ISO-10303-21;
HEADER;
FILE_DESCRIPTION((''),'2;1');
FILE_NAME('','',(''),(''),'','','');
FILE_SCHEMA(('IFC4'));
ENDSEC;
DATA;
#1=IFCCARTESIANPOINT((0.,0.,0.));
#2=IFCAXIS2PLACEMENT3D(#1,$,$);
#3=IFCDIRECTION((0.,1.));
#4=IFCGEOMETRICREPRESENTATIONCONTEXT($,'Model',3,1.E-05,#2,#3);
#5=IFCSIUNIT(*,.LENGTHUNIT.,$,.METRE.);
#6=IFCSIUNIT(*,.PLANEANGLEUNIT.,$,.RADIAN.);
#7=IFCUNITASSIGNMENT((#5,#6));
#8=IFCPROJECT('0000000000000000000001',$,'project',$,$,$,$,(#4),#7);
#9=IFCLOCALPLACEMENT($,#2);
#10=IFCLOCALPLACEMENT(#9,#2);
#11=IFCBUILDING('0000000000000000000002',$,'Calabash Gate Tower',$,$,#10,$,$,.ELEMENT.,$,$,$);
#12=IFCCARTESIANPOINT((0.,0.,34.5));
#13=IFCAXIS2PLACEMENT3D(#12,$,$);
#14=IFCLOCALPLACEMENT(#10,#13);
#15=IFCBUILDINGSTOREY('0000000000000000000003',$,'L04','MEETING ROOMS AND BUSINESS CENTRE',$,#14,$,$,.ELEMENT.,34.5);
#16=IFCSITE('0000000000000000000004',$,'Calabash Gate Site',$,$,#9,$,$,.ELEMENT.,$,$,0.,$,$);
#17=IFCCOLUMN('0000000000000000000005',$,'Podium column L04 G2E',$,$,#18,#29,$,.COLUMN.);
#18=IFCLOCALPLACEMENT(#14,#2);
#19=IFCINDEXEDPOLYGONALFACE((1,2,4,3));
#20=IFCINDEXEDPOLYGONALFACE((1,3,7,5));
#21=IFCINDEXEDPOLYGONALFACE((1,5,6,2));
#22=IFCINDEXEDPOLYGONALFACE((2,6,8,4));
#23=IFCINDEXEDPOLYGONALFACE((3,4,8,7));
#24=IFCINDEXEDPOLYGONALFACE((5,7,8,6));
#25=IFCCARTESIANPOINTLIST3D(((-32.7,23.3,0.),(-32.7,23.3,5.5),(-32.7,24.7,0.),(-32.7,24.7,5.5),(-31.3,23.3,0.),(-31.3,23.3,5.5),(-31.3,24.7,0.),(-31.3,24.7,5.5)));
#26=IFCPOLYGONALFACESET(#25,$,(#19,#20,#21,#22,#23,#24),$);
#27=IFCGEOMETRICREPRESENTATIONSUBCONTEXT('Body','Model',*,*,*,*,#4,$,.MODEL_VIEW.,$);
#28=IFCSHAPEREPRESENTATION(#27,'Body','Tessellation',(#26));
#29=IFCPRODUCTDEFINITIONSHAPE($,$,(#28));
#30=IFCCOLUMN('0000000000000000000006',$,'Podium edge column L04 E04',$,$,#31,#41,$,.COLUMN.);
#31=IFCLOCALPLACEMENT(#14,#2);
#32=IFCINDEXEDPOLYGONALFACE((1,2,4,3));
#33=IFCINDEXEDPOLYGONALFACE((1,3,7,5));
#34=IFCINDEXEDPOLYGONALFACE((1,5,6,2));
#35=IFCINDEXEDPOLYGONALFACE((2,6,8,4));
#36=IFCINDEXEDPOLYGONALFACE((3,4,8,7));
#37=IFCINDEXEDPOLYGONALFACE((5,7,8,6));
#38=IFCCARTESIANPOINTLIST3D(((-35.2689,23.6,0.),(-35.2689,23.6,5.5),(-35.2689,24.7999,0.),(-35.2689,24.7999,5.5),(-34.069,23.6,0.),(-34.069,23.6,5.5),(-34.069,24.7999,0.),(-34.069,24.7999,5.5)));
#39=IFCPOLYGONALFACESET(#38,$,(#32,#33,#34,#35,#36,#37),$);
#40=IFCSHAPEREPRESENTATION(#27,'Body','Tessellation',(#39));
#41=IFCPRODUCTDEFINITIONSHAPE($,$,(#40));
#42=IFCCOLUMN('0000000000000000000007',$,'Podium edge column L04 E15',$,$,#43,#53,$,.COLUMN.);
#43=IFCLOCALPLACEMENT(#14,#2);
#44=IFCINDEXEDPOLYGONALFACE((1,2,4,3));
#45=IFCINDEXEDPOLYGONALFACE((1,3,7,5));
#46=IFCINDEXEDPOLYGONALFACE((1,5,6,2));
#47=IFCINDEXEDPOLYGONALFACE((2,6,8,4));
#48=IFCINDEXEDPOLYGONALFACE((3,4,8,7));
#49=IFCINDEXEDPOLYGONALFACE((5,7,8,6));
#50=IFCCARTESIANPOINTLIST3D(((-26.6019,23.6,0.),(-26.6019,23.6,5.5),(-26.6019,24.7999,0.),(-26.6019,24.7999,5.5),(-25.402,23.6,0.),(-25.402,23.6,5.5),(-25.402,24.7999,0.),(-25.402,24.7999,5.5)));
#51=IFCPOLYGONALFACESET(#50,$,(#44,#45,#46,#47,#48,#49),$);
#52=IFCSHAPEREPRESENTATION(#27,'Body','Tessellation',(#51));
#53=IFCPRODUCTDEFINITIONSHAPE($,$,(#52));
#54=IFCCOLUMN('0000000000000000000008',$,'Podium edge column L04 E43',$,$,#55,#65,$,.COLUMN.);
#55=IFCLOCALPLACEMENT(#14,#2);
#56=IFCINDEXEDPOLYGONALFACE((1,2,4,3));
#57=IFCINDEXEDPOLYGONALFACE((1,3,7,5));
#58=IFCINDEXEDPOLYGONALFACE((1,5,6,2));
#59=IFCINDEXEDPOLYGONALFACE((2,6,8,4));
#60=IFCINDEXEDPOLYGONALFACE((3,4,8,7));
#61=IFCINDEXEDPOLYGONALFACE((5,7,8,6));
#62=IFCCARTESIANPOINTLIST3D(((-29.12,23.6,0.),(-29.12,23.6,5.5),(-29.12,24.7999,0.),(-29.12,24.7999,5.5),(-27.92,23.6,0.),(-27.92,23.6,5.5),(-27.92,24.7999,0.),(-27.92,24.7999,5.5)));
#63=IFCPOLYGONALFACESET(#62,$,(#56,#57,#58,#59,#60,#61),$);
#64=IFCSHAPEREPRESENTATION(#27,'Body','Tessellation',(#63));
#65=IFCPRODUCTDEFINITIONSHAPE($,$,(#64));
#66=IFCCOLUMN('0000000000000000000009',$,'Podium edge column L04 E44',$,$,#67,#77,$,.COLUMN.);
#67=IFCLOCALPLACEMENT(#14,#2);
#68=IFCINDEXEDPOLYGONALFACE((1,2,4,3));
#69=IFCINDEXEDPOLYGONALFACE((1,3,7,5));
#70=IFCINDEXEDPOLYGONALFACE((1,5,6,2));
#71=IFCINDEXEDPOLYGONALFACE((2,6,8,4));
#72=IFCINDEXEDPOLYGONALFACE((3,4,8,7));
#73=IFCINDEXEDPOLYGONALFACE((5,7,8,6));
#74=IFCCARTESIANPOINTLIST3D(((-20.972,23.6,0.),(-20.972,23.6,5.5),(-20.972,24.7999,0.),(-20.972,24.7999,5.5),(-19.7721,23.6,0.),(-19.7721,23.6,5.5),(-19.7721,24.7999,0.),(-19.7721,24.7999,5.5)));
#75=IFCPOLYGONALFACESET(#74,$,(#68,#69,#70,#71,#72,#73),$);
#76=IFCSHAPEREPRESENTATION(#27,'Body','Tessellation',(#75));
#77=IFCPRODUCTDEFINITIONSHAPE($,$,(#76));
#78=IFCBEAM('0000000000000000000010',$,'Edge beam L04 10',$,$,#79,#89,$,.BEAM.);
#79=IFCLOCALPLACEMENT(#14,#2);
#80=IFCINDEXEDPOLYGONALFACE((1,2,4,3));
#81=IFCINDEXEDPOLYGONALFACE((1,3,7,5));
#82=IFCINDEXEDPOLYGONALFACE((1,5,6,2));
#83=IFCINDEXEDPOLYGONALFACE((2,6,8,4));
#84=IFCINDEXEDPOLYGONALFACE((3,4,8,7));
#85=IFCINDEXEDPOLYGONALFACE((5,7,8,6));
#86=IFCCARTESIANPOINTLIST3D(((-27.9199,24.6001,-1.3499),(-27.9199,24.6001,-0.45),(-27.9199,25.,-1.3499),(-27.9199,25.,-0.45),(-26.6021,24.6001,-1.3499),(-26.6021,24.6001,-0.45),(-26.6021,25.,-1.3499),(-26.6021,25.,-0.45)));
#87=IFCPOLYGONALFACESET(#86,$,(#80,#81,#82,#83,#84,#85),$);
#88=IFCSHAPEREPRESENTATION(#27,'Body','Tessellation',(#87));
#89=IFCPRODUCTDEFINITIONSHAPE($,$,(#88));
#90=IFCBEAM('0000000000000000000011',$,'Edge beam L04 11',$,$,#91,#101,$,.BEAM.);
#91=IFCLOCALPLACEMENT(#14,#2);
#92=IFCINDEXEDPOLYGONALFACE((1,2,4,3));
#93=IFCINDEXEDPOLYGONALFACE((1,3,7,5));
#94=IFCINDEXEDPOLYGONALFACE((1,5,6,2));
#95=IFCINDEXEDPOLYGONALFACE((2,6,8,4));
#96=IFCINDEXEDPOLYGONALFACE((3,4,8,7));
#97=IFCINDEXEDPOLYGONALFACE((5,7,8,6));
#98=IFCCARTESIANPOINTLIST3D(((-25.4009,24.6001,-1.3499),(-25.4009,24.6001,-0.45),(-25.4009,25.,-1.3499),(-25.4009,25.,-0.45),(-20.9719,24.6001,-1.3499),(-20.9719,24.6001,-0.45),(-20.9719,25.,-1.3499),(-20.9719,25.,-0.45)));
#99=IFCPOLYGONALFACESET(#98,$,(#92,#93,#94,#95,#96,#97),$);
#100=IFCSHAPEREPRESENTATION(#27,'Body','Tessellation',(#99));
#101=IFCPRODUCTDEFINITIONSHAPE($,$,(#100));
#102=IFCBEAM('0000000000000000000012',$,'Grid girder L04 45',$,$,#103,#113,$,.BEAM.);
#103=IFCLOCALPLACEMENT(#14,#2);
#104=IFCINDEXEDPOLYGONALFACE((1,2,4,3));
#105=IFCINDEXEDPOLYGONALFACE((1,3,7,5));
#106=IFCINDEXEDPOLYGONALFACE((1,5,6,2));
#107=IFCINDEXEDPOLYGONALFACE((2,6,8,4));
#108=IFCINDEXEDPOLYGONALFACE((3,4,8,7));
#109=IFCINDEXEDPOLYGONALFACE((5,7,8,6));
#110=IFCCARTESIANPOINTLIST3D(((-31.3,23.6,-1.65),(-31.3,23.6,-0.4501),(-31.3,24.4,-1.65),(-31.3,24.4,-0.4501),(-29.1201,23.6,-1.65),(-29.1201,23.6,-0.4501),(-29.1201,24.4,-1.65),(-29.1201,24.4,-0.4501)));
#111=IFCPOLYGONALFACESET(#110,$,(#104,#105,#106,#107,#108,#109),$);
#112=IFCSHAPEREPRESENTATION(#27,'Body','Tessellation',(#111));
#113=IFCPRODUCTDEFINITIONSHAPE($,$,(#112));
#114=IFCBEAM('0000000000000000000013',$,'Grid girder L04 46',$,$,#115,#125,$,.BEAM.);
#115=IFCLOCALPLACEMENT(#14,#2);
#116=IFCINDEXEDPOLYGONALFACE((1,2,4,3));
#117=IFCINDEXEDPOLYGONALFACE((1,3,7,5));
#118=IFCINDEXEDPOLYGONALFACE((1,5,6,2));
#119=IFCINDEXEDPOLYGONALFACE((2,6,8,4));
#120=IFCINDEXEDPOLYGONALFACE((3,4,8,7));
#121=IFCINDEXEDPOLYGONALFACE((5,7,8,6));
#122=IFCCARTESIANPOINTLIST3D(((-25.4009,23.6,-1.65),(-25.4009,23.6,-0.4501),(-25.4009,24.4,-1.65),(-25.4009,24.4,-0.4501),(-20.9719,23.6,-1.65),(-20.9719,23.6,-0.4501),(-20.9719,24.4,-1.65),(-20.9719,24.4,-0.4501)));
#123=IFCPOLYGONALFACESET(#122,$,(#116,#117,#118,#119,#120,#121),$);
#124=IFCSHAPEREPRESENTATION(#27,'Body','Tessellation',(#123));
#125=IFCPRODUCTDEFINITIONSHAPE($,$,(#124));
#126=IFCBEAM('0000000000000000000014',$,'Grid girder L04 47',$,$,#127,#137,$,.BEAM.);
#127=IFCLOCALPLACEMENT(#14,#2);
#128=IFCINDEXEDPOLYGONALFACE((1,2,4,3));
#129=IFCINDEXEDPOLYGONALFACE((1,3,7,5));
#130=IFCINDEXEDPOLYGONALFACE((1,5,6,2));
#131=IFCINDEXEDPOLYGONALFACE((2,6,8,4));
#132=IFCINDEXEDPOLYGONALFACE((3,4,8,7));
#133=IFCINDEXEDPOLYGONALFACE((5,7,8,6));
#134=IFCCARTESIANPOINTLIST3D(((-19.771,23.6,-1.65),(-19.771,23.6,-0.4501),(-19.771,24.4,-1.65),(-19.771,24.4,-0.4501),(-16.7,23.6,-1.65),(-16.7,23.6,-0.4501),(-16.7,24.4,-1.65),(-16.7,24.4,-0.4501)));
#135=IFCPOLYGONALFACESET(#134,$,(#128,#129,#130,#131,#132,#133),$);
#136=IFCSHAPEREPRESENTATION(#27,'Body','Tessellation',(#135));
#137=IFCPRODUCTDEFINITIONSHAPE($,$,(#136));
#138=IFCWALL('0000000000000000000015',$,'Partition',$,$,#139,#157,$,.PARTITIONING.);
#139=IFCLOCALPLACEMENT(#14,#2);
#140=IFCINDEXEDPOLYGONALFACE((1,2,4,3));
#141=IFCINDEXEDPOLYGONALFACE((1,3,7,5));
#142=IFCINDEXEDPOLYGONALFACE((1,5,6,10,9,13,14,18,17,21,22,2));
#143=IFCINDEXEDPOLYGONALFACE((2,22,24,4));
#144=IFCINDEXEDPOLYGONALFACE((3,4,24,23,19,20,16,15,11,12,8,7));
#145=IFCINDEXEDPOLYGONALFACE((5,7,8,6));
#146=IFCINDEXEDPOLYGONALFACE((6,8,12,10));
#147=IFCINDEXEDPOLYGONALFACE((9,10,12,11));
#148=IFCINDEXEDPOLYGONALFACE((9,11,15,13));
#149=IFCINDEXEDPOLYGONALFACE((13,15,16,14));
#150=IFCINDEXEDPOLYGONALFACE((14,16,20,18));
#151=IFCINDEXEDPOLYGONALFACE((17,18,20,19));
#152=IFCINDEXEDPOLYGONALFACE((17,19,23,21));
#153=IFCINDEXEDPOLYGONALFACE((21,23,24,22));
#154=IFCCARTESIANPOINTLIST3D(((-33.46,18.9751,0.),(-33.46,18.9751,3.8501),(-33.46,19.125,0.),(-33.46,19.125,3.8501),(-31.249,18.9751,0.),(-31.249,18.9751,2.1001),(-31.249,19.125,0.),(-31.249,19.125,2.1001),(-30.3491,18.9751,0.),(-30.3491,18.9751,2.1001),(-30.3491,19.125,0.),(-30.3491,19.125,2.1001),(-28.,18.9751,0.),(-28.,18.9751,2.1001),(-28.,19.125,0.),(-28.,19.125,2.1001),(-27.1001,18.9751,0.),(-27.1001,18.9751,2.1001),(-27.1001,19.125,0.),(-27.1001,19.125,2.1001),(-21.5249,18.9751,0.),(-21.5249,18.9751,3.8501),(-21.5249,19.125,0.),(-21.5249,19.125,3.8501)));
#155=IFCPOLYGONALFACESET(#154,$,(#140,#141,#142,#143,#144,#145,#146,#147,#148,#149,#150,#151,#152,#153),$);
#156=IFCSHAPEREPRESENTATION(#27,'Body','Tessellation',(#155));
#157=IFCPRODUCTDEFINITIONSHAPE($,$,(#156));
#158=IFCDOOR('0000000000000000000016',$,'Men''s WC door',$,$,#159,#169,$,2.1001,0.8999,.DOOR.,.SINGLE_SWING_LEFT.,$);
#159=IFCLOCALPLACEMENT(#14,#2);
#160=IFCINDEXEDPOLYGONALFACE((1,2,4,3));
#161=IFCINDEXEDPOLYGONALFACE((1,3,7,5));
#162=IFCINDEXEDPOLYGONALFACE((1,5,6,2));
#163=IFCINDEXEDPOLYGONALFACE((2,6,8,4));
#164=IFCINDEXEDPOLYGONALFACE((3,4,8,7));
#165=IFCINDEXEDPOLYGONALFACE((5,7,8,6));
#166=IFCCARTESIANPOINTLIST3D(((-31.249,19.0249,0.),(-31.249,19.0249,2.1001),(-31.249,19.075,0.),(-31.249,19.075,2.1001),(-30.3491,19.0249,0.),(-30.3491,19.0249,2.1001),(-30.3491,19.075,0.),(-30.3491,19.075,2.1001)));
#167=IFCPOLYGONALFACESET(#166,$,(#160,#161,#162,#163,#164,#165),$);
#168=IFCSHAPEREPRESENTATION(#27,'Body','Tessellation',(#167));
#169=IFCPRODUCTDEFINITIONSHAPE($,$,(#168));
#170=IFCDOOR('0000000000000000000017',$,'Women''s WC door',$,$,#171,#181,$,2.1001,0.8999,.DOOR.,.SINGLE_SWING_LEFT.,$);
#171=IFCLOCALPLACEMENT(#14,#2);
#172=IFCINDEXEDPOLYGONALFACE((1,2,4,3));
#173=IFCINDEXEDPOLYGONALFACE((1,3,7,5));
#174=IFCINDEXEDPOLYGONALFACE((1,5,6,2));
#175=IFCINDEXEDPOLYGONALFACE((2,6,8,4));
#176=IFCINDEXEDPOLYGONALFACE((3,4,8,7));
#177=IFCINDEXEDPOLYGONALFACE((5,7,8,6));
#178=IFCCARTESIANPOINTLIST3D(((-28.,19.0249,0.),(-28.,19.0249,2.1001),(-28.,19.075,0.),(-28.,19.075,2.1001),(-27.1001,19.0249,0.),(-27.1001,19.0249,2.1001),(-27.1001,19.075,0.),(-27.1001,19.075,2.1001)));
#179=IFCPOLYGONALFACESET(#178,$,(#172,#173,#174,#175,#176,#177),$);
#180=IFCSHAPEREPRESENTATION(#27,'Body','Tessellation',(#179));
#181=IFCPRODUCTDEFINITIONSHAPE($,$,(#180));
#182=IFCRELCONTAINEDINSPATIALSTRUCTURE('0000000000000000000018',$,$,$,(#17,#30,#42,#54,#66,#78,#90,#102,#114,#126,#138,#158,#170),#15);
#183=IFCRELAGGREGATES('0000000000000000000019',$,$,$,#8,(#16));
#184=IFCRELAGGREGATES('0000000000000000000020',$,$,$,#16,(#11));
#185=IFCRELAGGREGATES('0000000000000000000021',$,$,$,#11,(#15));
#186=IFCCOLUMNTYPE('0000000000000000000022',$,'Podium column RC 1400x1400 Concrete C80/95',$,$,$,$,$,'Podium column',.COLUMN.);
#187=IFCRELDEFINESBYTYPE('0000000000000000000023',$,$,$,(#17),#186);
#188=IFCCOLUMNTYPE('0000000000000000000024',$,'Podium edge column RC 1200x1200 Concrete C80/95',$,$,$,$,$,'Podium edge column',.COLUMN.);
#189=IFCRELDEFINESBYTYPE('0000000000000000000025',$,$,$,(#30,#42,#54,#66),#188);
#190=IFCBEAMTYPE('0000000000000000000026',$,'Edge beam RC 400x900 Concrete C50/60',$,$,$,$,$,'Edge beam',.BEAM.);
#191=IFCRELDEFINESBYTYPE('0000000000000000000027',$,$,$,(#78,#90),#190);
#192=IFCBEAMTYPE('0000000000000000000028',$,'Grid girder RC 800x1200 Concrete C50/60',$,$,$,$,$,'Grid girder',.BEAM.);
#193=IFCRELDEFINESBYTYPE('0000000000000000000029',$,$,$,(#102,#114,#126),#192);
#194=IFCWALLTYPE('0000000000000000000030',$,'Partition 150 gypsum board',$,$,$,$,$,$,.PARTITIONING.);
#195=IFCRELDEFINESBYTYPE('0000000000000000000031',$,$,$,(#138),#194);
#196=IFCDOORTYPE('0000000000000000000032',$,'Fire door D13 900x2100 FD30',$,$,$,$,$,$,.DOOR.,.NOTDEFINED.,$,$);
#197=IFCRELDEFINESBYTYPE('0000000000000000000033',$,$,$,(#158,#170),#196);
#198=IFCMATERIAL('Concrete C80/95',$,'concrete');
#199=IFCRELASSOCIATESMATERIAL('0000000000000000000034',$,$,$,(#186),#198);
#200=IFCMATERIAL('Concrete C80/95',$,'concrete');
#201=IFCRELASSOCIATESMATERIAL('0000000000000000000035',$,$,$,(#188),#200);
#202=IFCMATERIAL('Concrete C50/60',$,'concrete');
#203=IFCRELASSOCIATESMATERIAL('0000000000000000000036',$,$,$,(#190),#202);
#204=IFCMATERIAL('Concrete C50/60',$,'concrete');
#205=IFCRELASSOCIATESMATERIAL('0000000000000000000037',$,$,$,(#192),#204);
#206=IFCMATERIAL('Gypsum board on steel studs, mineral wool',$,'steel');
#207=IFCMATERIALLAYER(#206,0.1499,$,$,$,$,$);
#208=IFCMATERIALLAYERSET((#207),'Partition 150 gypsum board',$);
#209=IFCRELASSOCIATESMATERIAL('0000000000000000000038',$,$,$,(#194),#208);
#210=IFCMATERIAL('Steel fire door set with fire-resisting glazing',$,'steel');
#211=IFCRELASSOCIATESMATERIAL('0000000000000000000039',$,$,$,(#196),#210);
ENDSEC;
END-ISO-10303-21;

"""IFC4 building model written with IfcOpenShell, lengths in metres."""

from ifc_helpers import new_model, si_unit, direction, frame, frame_2d, origin, origin_2d, place, context, subcontext, project, spatial, rectangle, extrude, material, layer, layer_set, material_profile, profile_set, type_object, element, fill, save


model = new_model("IFC4")

# Units and contexts
model_context = context("Model", 3, precision=1e-05, world=origin(), true_north=direction((0.0, 1.0)))
body_context = subcontext(model_context, "Body", "Model", "MODEL_VIEW")
ifc_project = project(units=[si_unit("LENGTHUNIT", "METRE"), si_unit("PLANEANGLEUNIT", "RADIAN")], contexts=[model_context])

# Site, building, storey
site_placement = place(None, origin())
site = spatial("IfcSite", under=ifc_project, at=site_placement, Name="Calabash Gate Site", CompositionType="ELEMENT", RefElevation=0.0)
building_placement = place(site_placement, origin())
building = spatial("IfcBuilding", under=site, at=building_placement, Name="Calabash Gate Tower", CompositionType="ELEMENT")
storey_placement = place(building_placement, frame((0.0, 0.0, 34.5)))
storey = spatial("IfcBuildingStorey", under=building, at=storey_placement, Name="L04", Description="MEETING ROOMS AND BUSINESS CENTRE", CompositionType="ELEMENT", Elevation=34.5)

# Columns
ifc_material_1 = material(Name="Concrete C80/95", Category="concrete")
ifc_material_profile_1 = material_profile(ifc_material_1, rectangle(XDim=1.3999, YDim=1.3999, at=origin_2d()))
ifc_profile_set_1 = profile_set([ifc_material_profile_1], Name="Concrete C80/95")
column_type_1 = type_object("IfcColumnType", Name="Podium column RC 1400x1400 Concrete C80/95", ElementType="Podium column", PredefinedType="COLUMN", material=ifc_profile_set_1)
column_placement = place(storey_placement, frame((-32.0, 24.0, 0.0), z_axis=(0.0, 0.0, 1.0), x_axis=(1.0, 0.0, 0.0)))
element("IfcColumn", 1, at=column_placement, inside=storey, type_object=column_type_1, Name="Podium column L04 G2E", PredefinedType="COLUMN", context=body_context, shape_type="SweptSolid", body=[
    extrude(rectangle(XDim=1.3999, YDim=1.3999, at=origin_2d()), origin(), (0.0, 0.0, 1.0), 5.5),
])
ifc_material_2 = material(Name="Concrete C80/95", Category="concrete")
ifc_material_profile_2 = material_profile(ifc_material_2, rectangle(XDim=1.2, YDim=1.2, at=origin_2d()))
ifc_profile_set_2 = profile_set([ifc_material_profile_2], Name="Concrete C80/95")
column_type_2 = type_object("IfcColumnType", Name="Podium edge column RC 1200x1200 Concrete C80/95", ElementType="Podium edge column", PredefinedType="COLUMN", material=ifc_profile_set_2)
for number, where, z_axis, x_axis, name in (
    (2, (-34.6689, 24.2, 0.0), (0.0, 0.0, 1.0), (1.0, 0.0, 0.0), "Podium edge column L04 E04"),
    (3, (-26.002, 24.2, 0.0), (0.0, 0.0, 1.0), (1.0, 0.0, 0.0), "Podium edge column L04 E15"),
    (4, (-28.52, 24.2, 0.0), (0.0, 0.0, 1.0), (1.0, 0.0, 0.0), "Podium edge column L04 E43"),
    (5, (-20.3721, 24.2, 0.0), (0.0, 0.0, 1.0), (1.0, 0.0, 0.0), "Podium edge column L04 E44"),
):
    element("IfcColumn", number, at=place(storey_placement, frame(where, z_axis=z_axis, x_axis=x_axis)), inside=storey, type_object=column_type_2, Name=name, PredefinedType="COLUMN", context=body_context, shape_type="SweptSolid", body=[
        extrude(rectangle(XDim=1.2, YDim=1.2, at=origin_2d()), origin(), (0.0, 0.0, 1.0), 5.5),
    ])

# Beams
ifc_material_3 = material(Name="Concrete C50/60", Category="concrete")
ifc_material_profile_3 = material_profile(ifc_material_3, rectangle(XDim=0.3999, YDim=0.8999, at=origin_2d()))
ifc_profile_set_3 = profile_set([ifc_material_profile_3], Name="Concrete C50/60")
beam_type_1 = type_object("IfcBeamType", Name="Edge beam RC 400x900 Concrete C50/60", ElementType="Edge beam", PredefinedType="BEAM", material=ifc_profile_set_3)
beam_1_placement = place(storey_placement, frame((-27.9199, 24.8, -0.8999), z_axis=(1.0, 0.0, 0.0), x_axis=(0.0, 1.0, 0.0)))
element("IfcBeam", 6, at=beam_1_placement, inside=storey, type_object=beam_type_1, Name="Edge beam L04 10", PredefinedType="BEAM", context=body_context, shape_type="SweptSolid", body=[
    extrude(rectangle(XDim=0.3999, YDim=0.8999, at=origin_2d()), origin(), (0.0, 0.0, 1.0), 1.3179),
])
beam_2_placement = place(storey_placement, frame((-25.4009, 24.8, -0.8999), z_axis=(1.0, 0.0, 0.0), x_axis=(0.0, 1.0, 0.0)))
element("IfcBeam", 7, at=beam_2_placement, inside=storey, type_object=beam_type_1, Name="Edge beam L04 11", PredefinedType="BEAM", context=body_context, shape_type="SweptSolid", body=[
    extrude(rectangle(XDim=0.3999, YDim=0.8999, at=origin_2d()), origin(), (0.0, 0.0, 1.0), 4.429),
])
ifc_material_4 = material(Name="Concrete C50/60", Category="concrete")
ifc_material_profile_4 = material_profile(ifc_material_4, rectangle(XDim=0.8, YDim=1.2, at=origin_2d()))
ifc_profile_set_4 = profile_set([ifc_material_profile_4], Name="Concrete C50/60")
beam_type_2 = type_object("IfcBeamType", Name="Grid girder RC 800x1200 Concrete C50/60", ElementType="Grid girder", PredefinedType="BEAM", material=ifc_profile_set_4)
beam_3_placement = place(storey_placement, frame((-31.3, 24.0, -1.05), z_axis=(1.0, 0.0, 0.0), x_axis=(0.0, 1.0, 0.0)))
element("IfcBeam", 8, at=beam_3_placement, inside=storey, type_object=beam_type_2, Name="Grid girder L04 45", PredefinedType="BEAM", context=body_context, shape_type="SweptSolid", body=[
    extrude(rectangle(XDim=0.8, YDim=1.2, at=origin_2d()), origin(), (0.0, 0.0, 1.0), 2.1799),
])
beam_4_placement = place(storey_placement, frame((-25.4009, 24.0, -1.05), z_axis=(1.0, 0.0, 0.0), x_axis=(0.0, 1.0, 0.0)))
element("IfcBeam", 9, at=beam_4_placement, inside=storey, type_object=beam_type_2, Name="Grid girder L04 46", PredefinedType="BEAM", context=body_context, shape_type="SweptSolid", body=[
    extrude(rectangle(XDim=0.8, YDim=1.2, at=origin_2d()), origin(), (0.0, 0.0, 1.0), 4.429),
])
beam_5_placement = place(storey_placement, frame((-19.771, 24.0, -1.05), z_axis=(1.0, 0.0, 0.0), x_axis=(0.0, 1.0, 0.0)))
element("IfcBeam", 10, at=beam_5_placement, inside=storey, type_object=beam_type_2, Name="Grid girder L04 47", PredefinedType="BEAM", context=body_context, shape_type="SweptSolid", body=[
    extrude(rectangle(XDim=0.8, YDim=1.2, at=origin_2d()), origin(), (0.0, 0.0, 1.0), 3.071),
])

# Wall, openings, doors
ifc_material_5 = material(Name="Gypsum board on steel studs, mineral wool", Category="steel")
ifc_layer_1 = layer(ifc_material_5, 0.1499)
ifc_layer_set_1 = layer_set([ifc_layer_1], Name="Partition 150 gypsum board")
wall_type_1 = type_object("IfcWallType", Name="Partition 150 gypsum board", PredefinedType="PARTITIONING", material=ifc_layer_set_1)
wall_1_placement = place(storey_placement, frame((-33.46, 19.05, 0.0), z_axis=(0.0, 0.0, 1.0), x_axis=(1.0, 0.0, 0.0)))
wall_1 = element("IfcWall", 11, at=wall_1_placement, inside=storey, type_object=wall_type_1, Name="Partition", PredefinedType="PARTITIONING", context=body_context, shape_type="SweptSolid", body=[
    extrude(rectangle(XDim=11.9351, YDim=0.1499, at=frame_2d((5.9675, 0.0))), origin(), (0.0, 0.0, 1.0), 3.8501),
])
opening_1_placement = place(wall_1_placement, frame((2.2109, 0.0, 0.0)))
opening_1 = element("IfcOpeningElement", 12, at=opening_1_placement, cuts=wall_1, PredefinedType="OPENING", context=body_context, shape_type="SweptSolid", body=[
    extrude(rectangle(XDim=0.8999, YDim=2.1001, at=frame_2d((0.45, 1.05))), frame((0.0, 0.085, 0.0), z_axis=(0.0, -1.0, 0.0), x_axis=(1.0, 0.0, 0.0)), (0.0, 0.0, 1.0), 0.1699),
])
opening_2_placement = place(wall_1_placement, frame((5.46, 0.0, 0.0)))
opening_2 = element("IfcOpeningElement", 13, at=opening_2_placement, cuts=wall_1, PredefinedType="OPENING", context=body_context, shape_type="SweptSolid", body=[
    extrude(rectangle(XDim=0.8999, YDim=2.1001, at=frame_2d((0.45, 1.05))), frame((0.0, 0.085, 0.0), z_axis=(0.0, -1.0, 0.0), x_axis=(1.0, 0.0, 0.0)), (0.0, 0.0, 1.0), 0.1699),
])
ifc_material_6 = material(Name="Steel fire door set with fire-resisting glazing", Category="steel")
door_type = type_object("IfcDoorType", Name="Fire door D13 900x2100 FD30", OperationType="NOTDEFINED", PredefinedType="DOOR", material=ifc_material_6)
door_1_placement = place(opening_1_placement, origin())
door_1 = element("IfcDoor", 14, at=door_1_placement, inside=storey, type_object=door_type, Name="Men's WC door", OperationType="SINGLE_SWING_LEFT", OverallHeight=2.1001, OverallWidth=0.8999, PredefinedType="DOOR", context=body_context, shape_type="SweptSolid", body=[
    extrude(rectangle(XDim=0.8999, YDim=2.1001, at=frame_2d((0.45, 1.05))), frame((0.0, 0.0249, 0.0), z_axis=(0.0, -1.0, 0.0), x_axis=(1.0, 0.0, 0.0)), (0.0, 0.0, 1.0), 0.05),
])
fill(opening_1, door_1)
door_2_placement = place(opening_2_placement, origin())
door_2 = element("IfcDoor", 15, at=door_2_placement, inside=storey, type_object=door_type, Name="Women's WC door", OperationType="SINGLE_SWING_LEFT", OverallHeight=2.1001, OverallWidth=0.8999, PredefinedType="DOOR", context=body_context, shape_type="SweptSolid", body=[
    extrude(rectangle(XDim=0.8999, YDim=2.1001, at=frame_2d((0.45, 1.05))), frame((0.0, 0.0249, 0.0), z_axis=(0.0, -1.0, 0.0), x_axis=(1.0, 0.0, 0.0)), (0.0, 0.0, 1.0), 0.05),
])
fill(opening_2, door_2)

save(model, "model.ifc")
